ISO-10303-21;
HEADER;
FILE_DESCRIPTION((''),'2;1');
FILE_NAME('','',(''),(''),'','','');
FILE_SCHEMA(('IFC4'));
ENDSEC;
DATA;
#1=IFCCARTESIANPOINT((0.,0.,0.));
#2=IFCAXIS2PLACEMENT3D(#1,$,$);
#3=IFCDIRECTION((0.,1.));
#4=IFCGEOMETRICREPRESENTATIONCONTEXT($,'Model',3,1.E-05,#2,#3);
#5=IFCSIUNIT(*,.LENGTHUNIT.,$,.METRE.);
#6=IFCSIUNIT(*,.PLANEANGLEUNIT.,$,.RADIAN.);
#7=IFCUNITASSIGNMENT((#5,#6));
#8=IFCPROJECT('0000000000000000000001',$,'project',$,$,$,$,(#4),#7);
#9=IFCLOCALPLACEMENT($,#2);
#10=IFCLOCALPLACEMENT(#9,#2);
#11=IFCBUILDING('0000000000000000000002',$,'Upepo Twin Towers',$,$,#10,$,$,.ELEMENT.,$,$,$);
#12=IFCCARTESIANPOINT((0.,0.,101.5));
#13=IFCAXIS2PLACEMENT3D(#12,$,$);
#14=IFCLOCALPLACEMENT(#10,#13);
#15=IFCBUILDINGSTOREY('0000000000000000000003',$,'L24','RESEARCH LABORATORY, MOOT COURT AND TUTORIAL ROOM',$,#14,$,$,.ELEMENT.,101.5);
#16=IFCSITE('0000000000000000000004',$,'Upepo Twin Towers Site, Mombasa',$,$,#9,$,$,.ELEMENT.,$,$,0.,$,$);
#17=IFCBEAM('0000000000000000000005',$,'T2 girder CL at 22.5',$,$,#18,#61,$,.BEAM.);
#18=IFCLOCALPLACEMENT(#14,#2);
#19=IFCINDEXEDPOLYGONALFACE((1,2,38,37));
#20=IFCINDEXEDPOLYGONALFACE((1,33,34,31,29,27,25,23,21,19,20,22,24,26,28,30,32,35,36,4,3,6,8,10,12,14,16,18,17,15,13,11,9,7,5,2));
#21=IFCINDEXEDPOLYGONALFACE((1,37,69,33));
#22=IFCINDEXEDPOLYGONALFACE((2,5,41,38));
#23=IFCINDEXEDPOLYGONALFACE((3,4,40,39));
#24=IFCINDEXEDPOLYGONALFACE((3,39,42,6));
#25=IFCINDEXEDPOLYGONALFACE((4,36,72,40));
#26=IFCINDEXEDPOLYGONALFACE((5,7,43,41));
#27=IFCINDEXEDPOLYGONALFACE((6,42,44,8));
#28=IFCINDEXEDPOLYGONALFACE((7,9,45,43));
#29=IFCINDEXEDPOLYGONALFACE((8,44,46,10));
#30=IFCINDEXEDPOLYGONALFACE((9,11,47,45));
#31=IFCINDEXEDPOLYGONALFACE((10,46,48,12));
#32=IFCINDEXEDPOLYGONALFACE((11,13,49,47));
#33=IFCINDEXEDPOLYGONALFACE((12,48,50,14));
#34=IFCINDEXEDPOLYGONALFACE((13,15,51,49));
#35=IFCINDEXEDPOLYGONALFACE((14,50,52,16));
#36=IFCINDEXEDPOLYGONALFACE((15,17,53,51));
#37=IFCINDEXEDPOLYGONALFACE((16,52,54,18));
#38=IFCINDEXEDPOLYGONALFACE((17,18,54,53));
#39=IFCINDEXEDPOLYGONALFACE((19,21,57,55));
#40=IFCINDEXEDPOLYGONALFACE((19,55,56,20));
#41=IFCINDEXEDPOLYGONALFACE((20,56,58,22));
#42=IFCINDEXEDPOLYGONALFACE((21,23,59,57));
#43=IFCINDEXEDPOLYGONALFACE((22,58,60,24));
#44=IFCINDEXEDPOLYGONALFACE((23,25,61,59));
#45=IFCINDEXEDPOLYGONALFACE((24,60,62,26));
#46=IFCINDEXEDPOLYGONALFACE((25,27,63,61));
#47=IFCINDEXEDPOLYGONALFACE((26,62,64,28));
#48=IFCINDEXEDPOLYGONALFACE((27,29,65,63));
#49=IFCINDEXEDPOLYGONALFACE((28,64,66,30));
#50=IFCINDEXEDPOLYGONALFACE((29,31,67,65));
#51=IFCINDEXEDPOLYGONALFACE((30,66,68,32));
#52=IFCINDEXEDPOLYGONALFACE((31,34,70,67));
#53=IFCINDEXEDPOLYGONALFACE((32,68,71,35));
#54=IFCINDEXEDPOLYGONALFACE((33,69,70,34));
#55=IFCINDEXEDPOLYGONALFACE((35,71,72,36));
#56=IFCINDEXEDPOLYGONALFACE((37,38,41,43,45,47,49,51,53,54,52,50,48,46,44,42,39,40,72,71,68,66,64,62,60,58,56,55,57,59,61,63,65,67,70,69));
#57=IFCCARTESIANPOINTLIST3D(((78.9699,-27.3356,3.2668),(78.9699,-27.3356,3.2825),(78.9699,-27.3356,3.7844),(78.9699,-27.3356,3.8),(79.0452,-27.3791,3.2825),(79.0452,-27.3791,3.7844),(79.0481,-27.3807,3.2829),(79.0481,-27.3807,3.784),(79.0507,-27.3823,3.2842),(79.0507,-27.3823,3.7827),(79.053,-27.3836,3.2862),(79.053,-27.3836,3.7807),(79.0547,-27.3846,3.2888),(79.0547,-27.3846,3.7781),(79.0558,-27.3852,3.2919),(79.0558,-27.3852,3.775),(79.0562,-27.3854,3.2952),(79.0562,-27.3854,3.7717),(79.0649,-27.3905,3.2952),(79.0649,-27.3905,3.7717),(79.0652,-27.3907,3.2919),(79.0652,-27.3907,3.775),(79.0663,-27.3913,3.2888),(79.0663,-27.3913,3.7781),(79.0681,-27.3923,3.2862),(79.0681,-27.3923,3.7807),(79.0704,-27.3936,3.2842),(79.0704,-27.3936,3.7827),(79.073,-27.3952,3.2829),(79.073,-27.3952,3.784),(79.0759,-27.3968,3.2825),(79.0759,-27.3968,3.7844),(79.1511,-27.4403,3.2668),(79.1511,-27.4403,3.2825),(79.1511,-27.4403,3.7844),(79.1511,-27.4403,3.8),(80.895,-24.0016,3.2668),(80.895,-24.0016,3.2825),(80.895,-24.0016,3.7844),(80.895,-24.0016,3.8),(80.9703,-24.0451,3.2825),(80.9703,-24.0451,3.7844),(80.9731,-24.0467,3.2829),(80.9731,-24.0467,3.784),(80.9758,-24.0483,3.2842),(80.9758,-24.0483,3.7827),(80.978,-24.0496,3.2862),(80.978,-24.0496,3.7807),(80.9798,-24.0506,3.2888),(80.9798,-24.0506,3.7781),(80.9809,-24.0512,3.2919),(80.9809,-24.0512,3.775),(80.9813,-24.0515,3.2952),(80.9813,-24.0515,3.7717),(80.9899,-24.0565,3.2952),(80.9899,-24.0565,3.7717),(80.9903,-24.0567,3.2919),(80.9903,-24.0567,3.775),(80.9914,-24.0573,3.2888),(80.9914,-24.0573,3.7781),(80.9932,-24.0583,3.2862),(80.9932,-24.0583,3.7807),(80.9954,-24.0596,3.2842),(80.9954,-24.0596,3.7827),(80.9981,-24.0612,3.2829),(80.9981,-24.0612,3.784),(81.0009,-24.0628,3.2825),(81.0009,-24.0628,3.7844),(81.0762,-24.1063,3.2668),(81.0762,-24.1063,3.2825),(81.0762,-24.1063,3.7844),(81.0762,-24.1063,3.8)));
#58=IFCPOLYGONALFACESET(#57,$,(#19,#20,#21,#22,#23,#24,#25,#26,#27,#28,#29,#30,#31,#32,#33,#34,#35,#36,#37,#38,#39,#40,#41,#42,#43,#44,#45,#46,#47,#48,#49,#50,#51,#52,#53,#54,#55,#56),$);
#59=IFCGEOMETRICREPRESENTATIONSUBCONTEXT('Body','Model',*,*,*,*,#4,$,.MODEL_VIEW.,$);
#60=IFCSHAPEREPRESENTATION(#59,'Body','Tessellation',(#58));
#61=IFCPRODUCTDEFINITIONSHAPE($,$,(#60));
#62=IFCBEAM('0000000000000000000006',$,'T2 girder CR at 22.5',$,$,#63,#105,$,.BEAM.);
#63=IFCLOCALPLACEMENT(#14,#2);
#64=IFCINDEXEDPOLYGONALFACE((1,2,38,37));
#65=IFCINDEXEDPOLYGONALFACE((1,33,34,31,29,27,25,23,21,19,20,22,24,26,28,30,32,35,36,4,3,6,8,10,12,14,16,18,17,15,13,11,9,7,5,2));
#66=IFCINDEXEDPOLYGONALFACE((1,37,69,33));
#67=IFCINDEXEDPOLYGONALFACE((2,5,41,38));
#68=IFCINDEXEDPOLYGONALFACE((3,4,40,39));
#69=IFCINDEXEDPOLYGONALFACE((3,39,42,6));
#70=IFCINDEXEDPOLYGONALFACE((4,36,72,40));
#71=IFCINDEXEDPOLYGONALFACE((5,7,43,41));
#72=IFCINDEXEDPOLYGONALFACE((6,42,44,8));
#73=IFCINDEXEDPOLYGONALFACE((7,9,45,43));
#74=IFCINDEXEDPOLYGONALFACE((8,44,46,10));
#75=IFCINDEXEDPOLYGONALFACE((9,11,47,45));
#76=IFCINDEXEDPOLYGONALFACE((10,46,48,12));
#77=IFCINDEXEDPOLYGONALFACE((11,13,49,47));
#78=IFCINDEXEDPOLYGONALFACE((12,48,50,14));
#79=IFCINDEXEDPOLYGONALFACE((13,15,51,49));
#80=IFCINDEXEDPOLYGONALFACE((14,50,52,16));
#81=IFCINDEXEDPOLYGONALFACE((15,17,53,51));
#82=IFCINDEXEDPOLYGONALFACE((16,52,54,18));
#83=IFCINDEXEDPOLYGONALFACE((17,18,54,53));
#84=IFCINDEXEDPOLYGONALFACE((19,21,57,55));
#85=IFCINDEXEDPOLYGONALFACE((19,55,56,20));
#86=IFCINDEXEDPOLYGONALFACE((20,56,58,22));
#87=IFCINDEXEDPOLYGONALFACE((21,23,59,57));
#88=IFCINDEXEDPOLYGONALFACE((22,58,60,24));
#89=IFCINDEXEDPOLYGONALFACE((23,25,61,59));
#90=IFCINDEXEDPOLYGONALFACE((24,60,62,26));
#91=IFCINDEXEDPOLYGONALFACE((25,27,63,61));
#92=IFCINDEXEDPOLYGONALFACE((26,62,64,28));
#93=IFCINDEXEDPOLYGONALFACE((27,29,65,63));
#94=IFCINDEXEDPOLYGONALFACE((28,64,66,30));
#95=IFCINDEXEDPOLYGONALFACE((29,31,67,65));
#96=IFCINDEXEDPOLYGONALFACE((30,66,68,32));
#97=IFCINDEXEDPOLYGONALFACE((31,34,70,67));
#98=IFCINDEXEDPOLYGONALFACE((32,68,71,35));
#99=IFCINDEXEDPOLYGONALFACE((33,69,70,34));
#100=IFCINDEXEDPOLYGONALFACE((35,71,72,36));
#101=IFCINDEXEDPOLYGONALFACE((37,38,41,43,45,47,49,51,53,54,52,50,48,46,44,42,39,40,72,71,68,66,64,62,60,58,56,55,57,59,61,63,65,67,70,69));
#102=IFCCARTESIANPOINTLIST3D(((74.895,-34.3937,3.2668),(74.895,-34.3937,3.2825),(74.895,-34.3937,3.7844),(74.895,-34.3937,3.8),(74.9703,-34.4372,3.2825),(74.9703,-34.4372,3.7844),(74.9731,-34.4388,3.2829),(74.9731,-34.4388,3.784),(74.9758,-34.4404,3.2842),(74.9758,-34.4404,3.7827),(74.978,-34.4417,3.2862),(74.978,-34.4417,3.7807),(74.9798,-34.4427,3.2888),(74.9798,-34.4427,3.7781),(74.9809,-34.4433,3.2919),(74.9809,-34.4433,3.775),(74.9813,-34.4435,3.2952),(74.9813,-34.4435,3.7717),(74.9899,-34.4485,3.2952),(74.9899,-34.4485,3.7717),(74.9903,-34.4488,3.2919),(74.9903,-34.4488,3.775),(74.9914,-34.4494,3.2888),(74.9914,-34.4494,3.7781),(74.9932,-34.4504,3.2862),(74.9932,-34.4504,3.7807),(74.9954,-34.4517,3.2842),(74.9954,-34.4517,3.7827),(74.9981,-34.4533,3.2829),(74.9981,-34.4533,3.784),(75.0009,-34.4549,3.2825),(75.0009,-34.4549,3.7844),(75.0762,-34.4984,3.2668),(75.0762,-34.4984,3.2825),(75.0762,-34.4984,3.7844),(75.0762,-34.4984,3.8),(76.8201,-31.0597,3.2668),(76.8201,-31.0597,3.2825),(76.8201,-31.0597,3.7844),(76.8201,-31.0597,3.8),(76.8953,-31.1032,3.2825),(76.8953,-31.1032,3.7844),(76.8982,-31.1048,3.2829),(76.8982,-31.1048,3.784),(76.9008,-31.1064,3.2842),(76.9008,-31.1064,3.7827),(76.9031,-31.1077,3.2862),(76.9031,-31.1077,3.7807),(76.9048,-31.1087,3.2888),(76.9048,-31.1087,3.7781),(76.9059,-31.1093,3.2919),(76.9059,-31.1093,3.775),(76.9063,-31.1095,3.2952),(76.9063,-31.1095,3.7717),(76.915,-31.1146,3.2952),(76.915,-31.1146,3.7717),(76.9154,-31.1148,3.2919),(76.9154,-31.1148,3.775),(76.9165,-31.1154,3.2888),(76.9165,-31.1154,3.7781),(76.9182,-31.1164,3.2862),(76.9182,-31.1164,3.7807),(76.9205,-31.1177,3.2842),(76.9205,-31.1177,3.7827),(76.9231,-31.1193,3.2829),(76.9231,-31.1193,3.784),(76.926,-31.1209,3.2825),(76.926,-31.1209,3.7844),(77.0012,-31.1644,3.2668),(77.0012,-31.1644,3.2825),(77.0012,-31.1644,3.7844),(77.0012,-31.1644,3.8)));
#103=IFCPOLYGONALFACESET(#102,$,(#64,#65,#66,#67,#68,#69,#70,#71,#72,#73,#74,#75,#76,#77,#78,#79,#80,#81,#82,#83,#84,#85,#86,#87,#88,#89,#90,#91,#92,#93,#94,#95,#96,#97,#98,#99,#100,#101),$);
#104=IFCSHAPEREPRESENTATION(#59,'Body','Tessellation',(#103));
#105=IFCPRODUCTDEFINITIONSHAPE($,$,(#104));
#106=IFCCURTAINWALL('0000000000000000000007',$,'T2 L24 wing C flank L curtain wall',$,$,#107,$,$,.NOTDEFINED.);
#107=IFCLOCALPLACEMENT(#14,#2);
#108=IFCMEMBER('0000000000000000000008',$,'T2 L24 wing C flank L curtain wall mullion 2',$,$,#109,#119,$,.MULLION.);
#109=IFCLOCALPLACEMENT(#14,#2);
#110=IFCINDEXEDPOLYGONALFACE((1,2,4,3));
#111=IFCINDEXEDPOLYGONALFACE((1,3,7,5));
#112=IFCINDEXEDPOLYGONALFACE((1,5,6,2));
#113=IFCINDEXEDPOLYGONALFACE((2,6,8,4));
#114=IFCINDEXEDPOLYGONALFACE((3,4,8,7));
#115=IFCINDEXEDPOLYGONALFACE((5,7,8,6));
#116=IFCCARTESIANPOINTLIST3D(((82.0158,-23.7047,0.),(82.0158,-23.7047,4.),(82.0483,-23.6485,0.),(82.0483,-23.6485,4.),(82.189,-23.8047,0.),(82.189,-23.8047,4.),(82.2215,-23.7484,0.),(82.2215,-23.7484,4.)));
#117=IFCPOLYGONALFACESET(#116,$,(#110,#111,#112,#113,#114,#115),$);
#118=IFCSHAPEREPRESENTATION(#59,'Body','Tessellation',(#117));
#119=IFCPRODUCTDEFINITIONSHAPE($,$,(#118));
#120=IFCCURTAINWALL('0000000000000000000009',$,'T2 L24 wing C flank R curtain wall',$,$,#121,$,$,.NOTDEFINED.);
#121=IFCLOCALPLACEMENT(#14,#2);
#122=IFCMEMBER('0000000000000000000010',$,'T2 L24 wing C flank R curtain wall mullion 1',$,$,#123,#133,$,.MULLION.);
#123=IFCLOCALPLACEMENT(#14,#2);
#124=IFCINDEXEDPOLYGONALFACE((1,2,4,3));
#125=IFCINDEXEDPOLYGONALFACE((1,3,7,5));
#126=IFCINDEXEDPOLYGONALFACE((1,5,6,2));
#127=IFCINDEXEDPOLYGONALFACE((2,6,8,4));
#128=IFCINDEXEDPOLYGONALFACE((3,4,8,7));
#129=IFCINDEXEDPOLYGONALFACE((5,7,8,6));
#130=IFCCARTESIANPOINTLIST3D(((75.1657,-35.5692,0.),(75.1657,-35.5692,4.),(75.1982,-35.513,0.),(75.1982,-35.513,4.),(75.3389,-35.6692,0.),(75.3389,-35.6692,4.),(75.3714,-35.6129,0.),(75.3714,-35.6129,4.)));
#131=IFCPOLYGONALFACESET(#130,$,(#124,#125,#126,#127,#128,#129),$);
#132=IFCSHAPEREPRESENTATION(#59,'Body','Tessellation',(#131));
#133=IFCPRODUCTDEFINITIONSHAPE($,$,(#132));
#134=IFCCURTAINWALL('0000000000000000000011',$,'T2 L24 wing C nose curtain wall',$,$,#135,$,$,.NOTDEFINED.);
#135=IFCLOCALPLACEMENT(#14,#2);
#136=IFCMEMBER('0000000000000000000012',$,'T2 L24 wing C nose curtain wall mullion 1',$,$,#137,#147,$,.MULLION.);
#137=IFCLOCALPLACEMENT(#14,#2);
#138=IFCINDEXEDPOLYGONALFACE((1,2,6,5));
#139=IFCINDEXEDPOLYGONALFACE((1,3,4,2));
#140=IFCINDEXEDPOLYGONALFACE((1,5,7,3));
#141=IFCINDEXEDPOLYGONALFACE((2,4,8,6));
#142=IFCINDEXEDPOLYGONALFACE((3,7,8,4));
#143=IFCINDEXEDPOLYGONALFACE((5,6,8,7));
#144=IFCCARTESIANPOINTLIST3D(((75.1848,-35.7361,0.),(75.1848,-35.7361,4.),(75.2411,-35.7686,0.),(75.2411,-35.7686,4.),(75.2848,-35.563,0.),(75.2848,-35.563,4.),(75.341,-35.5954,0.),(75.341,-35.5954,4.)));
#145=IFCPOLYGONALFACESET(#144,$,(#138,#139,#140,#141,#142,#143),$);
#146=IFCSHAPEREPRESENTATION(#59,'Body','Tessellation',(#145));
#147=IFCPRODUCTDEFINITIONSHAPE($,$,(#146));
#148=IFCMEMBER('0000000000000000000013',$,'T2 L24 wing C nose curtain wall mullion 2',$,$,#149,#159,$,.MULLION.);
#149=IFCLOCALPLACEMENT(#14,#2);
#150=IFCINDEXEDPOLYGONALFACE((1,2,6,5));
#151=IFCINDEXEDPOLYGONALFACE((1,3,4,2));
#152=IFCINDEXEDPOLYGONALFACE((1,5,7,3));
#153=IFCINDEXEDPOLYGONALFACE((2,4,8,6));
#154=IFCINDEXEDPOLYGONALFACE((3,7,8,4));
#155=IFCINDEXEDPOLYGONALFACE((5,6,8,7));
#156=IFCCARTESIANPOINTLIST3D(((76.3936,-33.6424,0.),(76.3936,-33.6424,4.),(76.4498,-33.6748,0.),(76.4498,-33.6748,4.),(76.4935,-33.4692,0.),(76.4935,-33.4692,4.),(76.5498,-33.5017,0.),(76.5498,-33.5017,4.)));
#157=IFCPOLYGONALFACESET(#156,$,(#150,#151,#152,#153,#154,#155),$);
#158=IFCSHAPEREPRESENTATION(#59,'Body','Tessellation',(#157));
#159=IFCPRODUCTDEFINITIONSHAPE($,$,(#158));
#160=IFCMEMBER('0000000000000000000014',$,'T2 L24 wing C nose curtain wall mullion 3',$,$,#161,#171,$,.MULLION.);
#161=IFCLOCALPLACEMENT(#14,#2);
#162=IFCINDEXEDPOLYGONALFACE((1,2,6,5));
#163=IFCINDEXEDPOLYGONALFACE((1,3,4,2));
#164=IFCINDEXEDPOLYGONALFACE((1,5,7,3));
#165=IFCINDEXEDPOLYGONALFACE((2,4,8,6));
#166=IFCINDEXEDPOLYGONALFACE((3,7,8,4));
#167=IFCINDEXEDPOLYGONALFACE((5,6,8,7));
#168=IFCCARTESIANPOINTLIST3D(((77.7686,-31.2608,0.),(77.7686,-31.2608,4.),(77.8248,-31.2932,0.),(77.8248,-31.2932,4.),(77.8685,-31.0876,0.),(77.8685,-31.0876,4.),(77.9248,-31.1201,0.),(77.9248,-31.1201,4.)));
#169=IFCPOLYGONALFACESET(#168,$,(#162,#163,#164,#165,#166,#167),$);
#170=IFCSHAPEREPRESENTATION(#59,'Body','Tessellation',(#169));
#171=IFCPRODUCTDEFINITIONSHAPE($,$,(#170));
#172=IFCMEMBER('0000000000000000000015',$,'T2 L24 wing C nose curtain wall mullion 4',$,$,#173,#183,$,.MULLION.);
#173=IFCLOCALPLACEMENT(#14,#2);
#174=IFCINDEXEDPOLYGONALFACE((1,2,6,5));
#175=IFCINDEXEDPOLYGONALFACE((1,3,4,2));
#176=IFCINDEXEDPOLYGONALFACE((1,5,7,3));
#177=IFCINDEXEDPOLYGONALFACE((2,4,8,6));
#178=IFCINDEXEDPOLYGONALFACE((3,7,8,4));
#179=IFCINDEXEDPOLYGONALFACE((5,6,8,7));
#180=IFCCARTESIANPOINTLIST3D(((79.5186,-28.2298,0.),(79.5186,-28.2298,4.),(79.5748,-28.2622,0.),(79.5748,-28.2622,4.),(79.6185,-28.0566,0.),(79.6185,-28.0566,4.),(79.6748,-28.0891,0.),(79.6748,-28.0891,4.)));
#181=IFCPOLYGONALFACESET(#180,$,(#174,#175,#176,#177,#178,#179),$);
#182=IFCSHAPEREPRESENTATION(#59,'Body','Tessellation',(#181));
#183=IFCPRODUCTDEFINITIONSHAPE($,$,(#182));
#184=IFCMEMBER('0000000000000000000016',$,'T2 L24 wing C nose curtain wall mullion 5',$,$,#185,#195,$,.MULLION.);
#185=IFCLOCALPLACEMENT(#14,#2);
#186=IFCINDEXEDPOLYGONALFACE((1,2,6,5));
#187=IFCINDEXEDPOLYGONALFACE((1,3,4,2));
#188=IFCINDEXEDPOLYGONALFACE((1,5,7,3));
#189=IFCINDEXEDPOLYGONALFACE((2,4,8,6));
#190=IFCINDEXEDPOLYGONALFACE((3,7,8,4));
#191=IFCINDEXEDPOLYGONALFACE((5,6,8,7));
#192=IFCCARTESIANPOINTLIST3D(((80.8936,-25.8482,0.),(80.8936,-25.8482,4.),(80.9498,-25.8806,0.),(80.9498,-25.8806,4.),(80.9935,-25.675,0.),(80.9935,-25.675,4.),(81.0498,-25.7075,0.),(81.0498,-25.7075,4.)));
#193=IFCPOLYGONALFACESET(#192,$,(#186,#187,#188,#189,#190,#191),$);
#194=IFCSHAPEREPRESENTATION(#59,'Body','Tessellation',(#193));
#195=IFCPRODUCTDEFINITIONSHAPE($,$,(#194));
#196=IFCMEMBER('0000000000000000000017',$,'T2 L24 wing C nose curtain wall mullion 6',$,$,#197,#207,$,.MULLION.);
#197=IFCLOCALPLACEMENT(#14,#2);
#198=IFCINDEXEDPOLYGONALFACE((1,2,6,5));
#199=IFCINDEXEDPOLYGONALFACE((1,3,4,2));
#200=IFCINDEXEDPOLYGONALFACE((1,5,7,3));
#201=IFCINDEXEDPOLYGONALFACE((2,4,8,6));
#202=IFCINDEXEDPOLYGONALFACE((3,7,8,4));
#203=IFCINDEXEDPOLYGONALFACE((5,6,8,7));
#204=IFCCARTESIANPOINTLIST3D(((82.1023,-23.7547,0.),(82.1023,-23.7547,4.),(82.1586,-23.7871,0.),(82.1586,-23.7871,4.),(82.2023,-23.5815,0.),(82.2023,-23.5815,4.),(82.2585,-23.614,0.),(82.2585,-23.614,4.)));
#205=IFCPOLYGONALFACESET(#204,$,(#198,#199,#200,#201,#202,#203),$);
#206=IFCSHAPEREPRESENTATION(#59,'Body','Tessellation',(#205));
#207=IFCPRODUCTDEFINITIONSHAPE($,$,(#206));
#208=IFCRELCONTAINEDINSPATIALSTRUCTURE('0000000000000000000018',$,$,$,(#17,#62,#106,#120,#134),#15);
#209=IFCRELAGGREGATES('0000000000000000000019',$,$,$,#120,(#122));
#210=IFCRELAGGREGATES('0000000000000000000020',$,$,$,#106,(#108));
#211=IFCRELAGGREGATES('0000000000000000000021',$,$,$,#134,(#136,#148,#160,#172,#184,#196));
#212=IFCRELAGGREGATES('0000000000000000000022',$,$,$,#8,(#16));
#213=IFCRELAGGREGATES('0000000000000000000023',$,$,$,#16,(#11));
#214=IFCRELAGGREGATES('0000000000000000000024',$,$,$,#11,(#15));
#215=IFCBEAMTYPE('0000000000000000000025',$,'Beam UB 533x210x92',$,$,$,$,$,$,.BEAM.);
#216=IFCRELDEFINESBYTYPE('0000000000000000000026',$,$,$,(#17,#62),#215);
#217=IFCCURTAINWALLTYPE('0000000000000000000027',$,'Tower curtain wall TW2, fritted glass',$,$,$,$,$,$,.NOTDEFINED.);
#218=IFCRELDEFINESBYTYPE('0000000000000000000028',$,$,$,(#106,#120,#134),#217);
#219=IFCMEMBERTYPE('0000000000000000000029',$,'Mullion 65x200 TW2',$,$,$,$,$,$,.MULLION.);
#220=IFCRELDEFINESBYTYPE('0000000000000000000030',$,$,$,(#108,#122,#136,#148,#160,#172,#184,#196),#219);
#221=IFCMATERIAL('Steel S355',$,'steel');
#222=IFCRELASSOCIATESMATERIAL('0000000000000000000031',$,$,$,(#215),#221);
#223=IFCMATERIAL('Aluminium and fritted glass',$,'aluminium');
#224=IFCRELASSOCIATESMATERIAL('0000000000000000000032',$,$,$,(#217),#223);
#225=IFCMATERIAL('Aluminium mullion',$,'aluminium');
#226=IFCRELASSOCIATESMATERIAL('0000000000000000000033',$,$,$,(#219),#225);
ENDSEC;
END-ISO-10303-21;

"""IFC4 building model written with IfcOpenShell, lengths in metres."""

from ifc_helpers import new_model, si_unit, direction, frame, origin, origin_2d, place, context, subcontext, project, spatial, rectangle, i_section, extrude, material, material_profile, profile_set, type_object, element, aggregate, save


model = new_model("IFC4")

# Units and contexts
model_context = context("Model", 3, precision=1e-05, world=origin(), true_north=direction((0.0, 1.0)))
body_context = subcontext(model_context, "Body", "Model", "MODEL_VIEW")
ifc_project = project(units=[si_unit("LENGTHUNIT", "METRE"), si_unit("PLANEANGLEUNIT", "RADIAN")], contexts=[model_context])

# Site, building, storey
site_placement = place(None, origin())
site = spatial("IfcSite", under=ifc_project, at=site_placement, Name="Upepo Twin Towers Site, Mombasa", CompositionType="ELEMENT", RefElevation=0.0)
building_placement = place(site_placement, origin())
building = spatial("IfcBuilding", under=site, at=building_placement, Name="Upepo Twin Towers", CompositionType="ELEMENT")
storey_placement = place(building_placement, frame((0.0, 0.0, 101.5)))
storey = spatial("IfcBuildingStorey", under=building, at=storey_placement, Name="L24", Description="RESEARCH LABORATORY, MOOT COURT AND TUTORIAL ROOM", CompositionType="ELEMENT", Elevation=101.5)

# Beams
ifc_material_1 = material(Name="Steel S355", Category="steel")
ifc_material_profile_1 = material_profile(ifc_material_1, i_section(OverallWidth=0.2092, OverallDepth=0.5332, WebThickness=0.01, FlangeThickness=0.0156, FilletRadius=0.0127, at=origin_2d()), Name="UB 533x210x92")
ifc_profile_set_1 = profile_set([ifc_material_profile_1], Name="Steel S355")
beam_type_1 = type_object("IfcBeamType", Name="Beam UB 533x210x92", PredefinedType="BEAM", material=ifc_profile_set_1)
for number, where, z_axis, x_axis, name in (
    (1, (80.9856, -24.054, 3.5334), (-0.500034, -0.866006, 0.0), (0.866006, -0.500034, 0.0), "T2 girder CL at 22.5"),
    (2, (74.9856, -34.446, 3.5334), (0.500034, 0.866006, 0.0), (-0.866006, 0.500034, 0.0), "T2 girder CR at 22.5"),
):
    element("IfcBeam", number, at=place(storey_placement, frame(where, z_axis=z_axis, x_axis=x_axis)), inside=storey, type_object=beam_type_1, Name=name, PredefinedType="BEAM", context=body_context, shape_type="SweptSolid", body=[
        extrude(i_section(OverallWidth=0.2092, OverallDepth=0.5332, WebThickness=0.01, FlangeThickness=0.0156, FilletRadius=0.0127, at=origin_2d()), origin(), (0.0, 0.0, 1.0), 3.8499),
    ])

# Curtain walls, members
ifc_material_2 = material(Name="Aluminium and fritted glass", Category="aluminium")
curtain_wall_type = type_object("IfcCurtainWallType", Name="Tower curtain wall TW2, fritted glass", PredefinedType="NOTDEFINED", material=ifc_material_2)
curtain_wall_1_placement = place(storey_placement, origin())
curtain_wall_1 = element("IfcCurtainWall", 3, at=curtain_wall_1_placement, inside=storey, type_object=curtain_wall_type, Name="T2 L24 wing C flank L curtain wall", PredefinedType="NOTDEFINED")
ifc_material_3 = material(Name="Aluminium mullion", Category="aluminium")
ifc_material_profile_2 = material_profile(ifc_material_3, rectangle(XDim=0.0649, YDim=0.2, at=origin_2d()), Name="MULLION 65x200")
ifc_profile_set_2 = profile_set([ifc_material_profile_2], Name="Aluminium mullion")
member_type_1 = type_object("IfcMemberType", Name="Mullion 65x200 TW2", PredefinedType="MULLION", material=ifc_profile_set_2)
member_1_placement = place(storey_placement, frame((82.1187, -23.7266, 0.0), z_axis=(0.0, 0.0, 1.0), x_axis=(0.5, 0.866025, 0.0)))
member_1 = element("IfcMember", 4, at=member_1_placement, type_object=member_type_1, Name="T2 L24 wing C flank L curtain wall mullion 2", PredefinedType="MULLION", context=body_context, shape_type="SweptSolid", body=[
    extrude(rectangle(XDim=0.0649, YDim=0.2, at=origin_2d()), origin(), (0.0, 0.0, 1.0), 4.0),
])
curtain_wall_2_placement = place(storey_placement, origin())
curtain_wall_2 = element("IfcCurtainWall", 5, at=curtain_wall_2_placement, inside=storey, type_object=curtain_wall_type, Name="T2 L24 wing C flank R curtain wall", PredefinedType="NOTDEFINED")
member_2_placement = place(storey_placement, frame((75.2686, -35.5911, 0.0), z_axis=(0.0, 0.0, 1.0), x_axis=(-0.5, -0.866025, 0.0)))
member_2 = element("IfcMember", 6, at=member_2_placement, type_object=member_type_1, Name="T2 L24 wing C flank R curtain wall mullion 1", PredefinedType="MULLION", context=body_context, shape_type="SweptSolid", body=[
    extrude(rectangle(XDim=0.0649, YDim=0.2, at=origin_2d()), origin(), (0.0, 0.0, 1.0), 4.0),
])

# Curtain wall, members
curtain_wall_3_placement = place(storey_placement, origin())
curtain_wall_3 = element("IfcCurtainWall", 7, at=curtain_wall_3_placement, inside=storey, type_object=curtain_wall_type, Name="T2 L24 wing C nose curtain wall", PredefinedType="NOTDEFINED")
member_3_placement = place(storey_placement, frame((75.2629, -35.6658, 0.0), z_axis=(0.0, 0.0, 1.0), x_axis=(-0.866025, 0.5, 0.0)))
member_3 = element("IfcMember", 8, at=member_3_placement, type_object=member_type_1, Name="T2 L24 wing C nose curtain wall mullion 1", PredefinedType="MULLION", context=body_context, shape_type="SweptSolid", body=[
    extrude(rectangle(XDim=0.0649, YDim=0.2, at=origin_2d()), origin(), (0.0, 0.0, 1.0), 4.0),
])
member_4_placement = place(storey_placement, frame((76.4717, -33.572, 0.0), z_axis=(0.0, 0.0, 1.0), x_axis=(-0.866025, 0.5, 0.0)))
member_4 = element("IfcMember", 9, at=member_4_placement, type_object=member_type_1, Name="T2 L24 wing C nose curtain wall mullion 2", PredefinedType="MULLION", context=body_context, shape_type="SweptSolid", body=[
    extrude(rectangle(XDim=0.0649, YDim=0.2, at=origin_2d()), origin(), (0.0, 0.0, 1.0), 4.0),
])
member_5_placement = place(storey_placement, frame((77.8467, -31.1904, 0.0), z_axis=(0.0, 0.0, 1.0), x_axis=(-0.866025, 0.5, 0.0)))
member_5 = element("IfcMember", 10, at=member_5_placement, type_object=member_type_1, Name="T2 L24 wing C nose curtain wall mullion 3", PredefinedType="MULLION", context=body_context, shape_type="SweptSolid", body=[
    extrude(rectangle(XDim=0.0649, YDim=0.2, at=origin_2d()), origin(), (0.0, 0.0, 1.0), 4.0),
])
member_6_placement = place(storey_placement, frame((79.5967, -28.1594, 0.0), z_axis=(0.0, 0.0, 1.0), x_axis=(-0.866025, 0.5, 0.0)))
member_6 = element("IfcMember", 11, at=member_6_placement, type_object=member_type_1, Name="T2 L24 wing C nose curtain wall mullion 4", PredefinedType="MULLION", context=body_context, shape_type="SweptSolid", body=[
    extrude(rectangle(XDim=0.0649, YDim=0.2, at=origin_2d()), origin(), (0.0, 0.0, 1.0), 4.0),
])
member_7_placement = place(storey_placement, frame((80.9717, -25.7778, 0.0), z_axis=(0.0, 0.0, 1.0), x_axis=(-0.866025, 0.5, 0.0)))
member_7 = element("IfcMember", 12, at=member_7_placement, type_object=member_type_1, Name="T2 L24 wing C nose curtain wall mullion 5", PredefinedType="MULLION", context=body_context, shape_type="SweptSolid", body=[
    extrude(rectangle(XDim=0.0649, YDim=0.2, at=origin_2d()), origin(), (0.0, 0.0, 1.0), 4.0),
])
member_8_placement = place(storey_placement, frame((82.1804, -23.6843, 0.0), z_axis=(0.0, 0.0, 1.0), x_axis=(-0.866025, 0.5, 0.0)))
member_8 = element("IfcMember", 13, at=member_8_placement, type_object=member_type_1, Name="T2 L24 wing C nose curtain wall mullion 6", PredefinedType="MULLION", context=body_context, shape_type="SweptSolid", body=[
    extrude(rectangle(XDim=0.0649, YDim=0.2, at=origin_2d()), origin(), (0.0, 0.0, 1.0), 4.0),
])

aggregate(curtain_wall_2, [member_2])

aggregate(curtain_wall_1, [member_1])
aggregate(curtain_wall_3, [member_3, member_4, member_5, member_6, member_7, member_8])

save(model, "model.ifc")
